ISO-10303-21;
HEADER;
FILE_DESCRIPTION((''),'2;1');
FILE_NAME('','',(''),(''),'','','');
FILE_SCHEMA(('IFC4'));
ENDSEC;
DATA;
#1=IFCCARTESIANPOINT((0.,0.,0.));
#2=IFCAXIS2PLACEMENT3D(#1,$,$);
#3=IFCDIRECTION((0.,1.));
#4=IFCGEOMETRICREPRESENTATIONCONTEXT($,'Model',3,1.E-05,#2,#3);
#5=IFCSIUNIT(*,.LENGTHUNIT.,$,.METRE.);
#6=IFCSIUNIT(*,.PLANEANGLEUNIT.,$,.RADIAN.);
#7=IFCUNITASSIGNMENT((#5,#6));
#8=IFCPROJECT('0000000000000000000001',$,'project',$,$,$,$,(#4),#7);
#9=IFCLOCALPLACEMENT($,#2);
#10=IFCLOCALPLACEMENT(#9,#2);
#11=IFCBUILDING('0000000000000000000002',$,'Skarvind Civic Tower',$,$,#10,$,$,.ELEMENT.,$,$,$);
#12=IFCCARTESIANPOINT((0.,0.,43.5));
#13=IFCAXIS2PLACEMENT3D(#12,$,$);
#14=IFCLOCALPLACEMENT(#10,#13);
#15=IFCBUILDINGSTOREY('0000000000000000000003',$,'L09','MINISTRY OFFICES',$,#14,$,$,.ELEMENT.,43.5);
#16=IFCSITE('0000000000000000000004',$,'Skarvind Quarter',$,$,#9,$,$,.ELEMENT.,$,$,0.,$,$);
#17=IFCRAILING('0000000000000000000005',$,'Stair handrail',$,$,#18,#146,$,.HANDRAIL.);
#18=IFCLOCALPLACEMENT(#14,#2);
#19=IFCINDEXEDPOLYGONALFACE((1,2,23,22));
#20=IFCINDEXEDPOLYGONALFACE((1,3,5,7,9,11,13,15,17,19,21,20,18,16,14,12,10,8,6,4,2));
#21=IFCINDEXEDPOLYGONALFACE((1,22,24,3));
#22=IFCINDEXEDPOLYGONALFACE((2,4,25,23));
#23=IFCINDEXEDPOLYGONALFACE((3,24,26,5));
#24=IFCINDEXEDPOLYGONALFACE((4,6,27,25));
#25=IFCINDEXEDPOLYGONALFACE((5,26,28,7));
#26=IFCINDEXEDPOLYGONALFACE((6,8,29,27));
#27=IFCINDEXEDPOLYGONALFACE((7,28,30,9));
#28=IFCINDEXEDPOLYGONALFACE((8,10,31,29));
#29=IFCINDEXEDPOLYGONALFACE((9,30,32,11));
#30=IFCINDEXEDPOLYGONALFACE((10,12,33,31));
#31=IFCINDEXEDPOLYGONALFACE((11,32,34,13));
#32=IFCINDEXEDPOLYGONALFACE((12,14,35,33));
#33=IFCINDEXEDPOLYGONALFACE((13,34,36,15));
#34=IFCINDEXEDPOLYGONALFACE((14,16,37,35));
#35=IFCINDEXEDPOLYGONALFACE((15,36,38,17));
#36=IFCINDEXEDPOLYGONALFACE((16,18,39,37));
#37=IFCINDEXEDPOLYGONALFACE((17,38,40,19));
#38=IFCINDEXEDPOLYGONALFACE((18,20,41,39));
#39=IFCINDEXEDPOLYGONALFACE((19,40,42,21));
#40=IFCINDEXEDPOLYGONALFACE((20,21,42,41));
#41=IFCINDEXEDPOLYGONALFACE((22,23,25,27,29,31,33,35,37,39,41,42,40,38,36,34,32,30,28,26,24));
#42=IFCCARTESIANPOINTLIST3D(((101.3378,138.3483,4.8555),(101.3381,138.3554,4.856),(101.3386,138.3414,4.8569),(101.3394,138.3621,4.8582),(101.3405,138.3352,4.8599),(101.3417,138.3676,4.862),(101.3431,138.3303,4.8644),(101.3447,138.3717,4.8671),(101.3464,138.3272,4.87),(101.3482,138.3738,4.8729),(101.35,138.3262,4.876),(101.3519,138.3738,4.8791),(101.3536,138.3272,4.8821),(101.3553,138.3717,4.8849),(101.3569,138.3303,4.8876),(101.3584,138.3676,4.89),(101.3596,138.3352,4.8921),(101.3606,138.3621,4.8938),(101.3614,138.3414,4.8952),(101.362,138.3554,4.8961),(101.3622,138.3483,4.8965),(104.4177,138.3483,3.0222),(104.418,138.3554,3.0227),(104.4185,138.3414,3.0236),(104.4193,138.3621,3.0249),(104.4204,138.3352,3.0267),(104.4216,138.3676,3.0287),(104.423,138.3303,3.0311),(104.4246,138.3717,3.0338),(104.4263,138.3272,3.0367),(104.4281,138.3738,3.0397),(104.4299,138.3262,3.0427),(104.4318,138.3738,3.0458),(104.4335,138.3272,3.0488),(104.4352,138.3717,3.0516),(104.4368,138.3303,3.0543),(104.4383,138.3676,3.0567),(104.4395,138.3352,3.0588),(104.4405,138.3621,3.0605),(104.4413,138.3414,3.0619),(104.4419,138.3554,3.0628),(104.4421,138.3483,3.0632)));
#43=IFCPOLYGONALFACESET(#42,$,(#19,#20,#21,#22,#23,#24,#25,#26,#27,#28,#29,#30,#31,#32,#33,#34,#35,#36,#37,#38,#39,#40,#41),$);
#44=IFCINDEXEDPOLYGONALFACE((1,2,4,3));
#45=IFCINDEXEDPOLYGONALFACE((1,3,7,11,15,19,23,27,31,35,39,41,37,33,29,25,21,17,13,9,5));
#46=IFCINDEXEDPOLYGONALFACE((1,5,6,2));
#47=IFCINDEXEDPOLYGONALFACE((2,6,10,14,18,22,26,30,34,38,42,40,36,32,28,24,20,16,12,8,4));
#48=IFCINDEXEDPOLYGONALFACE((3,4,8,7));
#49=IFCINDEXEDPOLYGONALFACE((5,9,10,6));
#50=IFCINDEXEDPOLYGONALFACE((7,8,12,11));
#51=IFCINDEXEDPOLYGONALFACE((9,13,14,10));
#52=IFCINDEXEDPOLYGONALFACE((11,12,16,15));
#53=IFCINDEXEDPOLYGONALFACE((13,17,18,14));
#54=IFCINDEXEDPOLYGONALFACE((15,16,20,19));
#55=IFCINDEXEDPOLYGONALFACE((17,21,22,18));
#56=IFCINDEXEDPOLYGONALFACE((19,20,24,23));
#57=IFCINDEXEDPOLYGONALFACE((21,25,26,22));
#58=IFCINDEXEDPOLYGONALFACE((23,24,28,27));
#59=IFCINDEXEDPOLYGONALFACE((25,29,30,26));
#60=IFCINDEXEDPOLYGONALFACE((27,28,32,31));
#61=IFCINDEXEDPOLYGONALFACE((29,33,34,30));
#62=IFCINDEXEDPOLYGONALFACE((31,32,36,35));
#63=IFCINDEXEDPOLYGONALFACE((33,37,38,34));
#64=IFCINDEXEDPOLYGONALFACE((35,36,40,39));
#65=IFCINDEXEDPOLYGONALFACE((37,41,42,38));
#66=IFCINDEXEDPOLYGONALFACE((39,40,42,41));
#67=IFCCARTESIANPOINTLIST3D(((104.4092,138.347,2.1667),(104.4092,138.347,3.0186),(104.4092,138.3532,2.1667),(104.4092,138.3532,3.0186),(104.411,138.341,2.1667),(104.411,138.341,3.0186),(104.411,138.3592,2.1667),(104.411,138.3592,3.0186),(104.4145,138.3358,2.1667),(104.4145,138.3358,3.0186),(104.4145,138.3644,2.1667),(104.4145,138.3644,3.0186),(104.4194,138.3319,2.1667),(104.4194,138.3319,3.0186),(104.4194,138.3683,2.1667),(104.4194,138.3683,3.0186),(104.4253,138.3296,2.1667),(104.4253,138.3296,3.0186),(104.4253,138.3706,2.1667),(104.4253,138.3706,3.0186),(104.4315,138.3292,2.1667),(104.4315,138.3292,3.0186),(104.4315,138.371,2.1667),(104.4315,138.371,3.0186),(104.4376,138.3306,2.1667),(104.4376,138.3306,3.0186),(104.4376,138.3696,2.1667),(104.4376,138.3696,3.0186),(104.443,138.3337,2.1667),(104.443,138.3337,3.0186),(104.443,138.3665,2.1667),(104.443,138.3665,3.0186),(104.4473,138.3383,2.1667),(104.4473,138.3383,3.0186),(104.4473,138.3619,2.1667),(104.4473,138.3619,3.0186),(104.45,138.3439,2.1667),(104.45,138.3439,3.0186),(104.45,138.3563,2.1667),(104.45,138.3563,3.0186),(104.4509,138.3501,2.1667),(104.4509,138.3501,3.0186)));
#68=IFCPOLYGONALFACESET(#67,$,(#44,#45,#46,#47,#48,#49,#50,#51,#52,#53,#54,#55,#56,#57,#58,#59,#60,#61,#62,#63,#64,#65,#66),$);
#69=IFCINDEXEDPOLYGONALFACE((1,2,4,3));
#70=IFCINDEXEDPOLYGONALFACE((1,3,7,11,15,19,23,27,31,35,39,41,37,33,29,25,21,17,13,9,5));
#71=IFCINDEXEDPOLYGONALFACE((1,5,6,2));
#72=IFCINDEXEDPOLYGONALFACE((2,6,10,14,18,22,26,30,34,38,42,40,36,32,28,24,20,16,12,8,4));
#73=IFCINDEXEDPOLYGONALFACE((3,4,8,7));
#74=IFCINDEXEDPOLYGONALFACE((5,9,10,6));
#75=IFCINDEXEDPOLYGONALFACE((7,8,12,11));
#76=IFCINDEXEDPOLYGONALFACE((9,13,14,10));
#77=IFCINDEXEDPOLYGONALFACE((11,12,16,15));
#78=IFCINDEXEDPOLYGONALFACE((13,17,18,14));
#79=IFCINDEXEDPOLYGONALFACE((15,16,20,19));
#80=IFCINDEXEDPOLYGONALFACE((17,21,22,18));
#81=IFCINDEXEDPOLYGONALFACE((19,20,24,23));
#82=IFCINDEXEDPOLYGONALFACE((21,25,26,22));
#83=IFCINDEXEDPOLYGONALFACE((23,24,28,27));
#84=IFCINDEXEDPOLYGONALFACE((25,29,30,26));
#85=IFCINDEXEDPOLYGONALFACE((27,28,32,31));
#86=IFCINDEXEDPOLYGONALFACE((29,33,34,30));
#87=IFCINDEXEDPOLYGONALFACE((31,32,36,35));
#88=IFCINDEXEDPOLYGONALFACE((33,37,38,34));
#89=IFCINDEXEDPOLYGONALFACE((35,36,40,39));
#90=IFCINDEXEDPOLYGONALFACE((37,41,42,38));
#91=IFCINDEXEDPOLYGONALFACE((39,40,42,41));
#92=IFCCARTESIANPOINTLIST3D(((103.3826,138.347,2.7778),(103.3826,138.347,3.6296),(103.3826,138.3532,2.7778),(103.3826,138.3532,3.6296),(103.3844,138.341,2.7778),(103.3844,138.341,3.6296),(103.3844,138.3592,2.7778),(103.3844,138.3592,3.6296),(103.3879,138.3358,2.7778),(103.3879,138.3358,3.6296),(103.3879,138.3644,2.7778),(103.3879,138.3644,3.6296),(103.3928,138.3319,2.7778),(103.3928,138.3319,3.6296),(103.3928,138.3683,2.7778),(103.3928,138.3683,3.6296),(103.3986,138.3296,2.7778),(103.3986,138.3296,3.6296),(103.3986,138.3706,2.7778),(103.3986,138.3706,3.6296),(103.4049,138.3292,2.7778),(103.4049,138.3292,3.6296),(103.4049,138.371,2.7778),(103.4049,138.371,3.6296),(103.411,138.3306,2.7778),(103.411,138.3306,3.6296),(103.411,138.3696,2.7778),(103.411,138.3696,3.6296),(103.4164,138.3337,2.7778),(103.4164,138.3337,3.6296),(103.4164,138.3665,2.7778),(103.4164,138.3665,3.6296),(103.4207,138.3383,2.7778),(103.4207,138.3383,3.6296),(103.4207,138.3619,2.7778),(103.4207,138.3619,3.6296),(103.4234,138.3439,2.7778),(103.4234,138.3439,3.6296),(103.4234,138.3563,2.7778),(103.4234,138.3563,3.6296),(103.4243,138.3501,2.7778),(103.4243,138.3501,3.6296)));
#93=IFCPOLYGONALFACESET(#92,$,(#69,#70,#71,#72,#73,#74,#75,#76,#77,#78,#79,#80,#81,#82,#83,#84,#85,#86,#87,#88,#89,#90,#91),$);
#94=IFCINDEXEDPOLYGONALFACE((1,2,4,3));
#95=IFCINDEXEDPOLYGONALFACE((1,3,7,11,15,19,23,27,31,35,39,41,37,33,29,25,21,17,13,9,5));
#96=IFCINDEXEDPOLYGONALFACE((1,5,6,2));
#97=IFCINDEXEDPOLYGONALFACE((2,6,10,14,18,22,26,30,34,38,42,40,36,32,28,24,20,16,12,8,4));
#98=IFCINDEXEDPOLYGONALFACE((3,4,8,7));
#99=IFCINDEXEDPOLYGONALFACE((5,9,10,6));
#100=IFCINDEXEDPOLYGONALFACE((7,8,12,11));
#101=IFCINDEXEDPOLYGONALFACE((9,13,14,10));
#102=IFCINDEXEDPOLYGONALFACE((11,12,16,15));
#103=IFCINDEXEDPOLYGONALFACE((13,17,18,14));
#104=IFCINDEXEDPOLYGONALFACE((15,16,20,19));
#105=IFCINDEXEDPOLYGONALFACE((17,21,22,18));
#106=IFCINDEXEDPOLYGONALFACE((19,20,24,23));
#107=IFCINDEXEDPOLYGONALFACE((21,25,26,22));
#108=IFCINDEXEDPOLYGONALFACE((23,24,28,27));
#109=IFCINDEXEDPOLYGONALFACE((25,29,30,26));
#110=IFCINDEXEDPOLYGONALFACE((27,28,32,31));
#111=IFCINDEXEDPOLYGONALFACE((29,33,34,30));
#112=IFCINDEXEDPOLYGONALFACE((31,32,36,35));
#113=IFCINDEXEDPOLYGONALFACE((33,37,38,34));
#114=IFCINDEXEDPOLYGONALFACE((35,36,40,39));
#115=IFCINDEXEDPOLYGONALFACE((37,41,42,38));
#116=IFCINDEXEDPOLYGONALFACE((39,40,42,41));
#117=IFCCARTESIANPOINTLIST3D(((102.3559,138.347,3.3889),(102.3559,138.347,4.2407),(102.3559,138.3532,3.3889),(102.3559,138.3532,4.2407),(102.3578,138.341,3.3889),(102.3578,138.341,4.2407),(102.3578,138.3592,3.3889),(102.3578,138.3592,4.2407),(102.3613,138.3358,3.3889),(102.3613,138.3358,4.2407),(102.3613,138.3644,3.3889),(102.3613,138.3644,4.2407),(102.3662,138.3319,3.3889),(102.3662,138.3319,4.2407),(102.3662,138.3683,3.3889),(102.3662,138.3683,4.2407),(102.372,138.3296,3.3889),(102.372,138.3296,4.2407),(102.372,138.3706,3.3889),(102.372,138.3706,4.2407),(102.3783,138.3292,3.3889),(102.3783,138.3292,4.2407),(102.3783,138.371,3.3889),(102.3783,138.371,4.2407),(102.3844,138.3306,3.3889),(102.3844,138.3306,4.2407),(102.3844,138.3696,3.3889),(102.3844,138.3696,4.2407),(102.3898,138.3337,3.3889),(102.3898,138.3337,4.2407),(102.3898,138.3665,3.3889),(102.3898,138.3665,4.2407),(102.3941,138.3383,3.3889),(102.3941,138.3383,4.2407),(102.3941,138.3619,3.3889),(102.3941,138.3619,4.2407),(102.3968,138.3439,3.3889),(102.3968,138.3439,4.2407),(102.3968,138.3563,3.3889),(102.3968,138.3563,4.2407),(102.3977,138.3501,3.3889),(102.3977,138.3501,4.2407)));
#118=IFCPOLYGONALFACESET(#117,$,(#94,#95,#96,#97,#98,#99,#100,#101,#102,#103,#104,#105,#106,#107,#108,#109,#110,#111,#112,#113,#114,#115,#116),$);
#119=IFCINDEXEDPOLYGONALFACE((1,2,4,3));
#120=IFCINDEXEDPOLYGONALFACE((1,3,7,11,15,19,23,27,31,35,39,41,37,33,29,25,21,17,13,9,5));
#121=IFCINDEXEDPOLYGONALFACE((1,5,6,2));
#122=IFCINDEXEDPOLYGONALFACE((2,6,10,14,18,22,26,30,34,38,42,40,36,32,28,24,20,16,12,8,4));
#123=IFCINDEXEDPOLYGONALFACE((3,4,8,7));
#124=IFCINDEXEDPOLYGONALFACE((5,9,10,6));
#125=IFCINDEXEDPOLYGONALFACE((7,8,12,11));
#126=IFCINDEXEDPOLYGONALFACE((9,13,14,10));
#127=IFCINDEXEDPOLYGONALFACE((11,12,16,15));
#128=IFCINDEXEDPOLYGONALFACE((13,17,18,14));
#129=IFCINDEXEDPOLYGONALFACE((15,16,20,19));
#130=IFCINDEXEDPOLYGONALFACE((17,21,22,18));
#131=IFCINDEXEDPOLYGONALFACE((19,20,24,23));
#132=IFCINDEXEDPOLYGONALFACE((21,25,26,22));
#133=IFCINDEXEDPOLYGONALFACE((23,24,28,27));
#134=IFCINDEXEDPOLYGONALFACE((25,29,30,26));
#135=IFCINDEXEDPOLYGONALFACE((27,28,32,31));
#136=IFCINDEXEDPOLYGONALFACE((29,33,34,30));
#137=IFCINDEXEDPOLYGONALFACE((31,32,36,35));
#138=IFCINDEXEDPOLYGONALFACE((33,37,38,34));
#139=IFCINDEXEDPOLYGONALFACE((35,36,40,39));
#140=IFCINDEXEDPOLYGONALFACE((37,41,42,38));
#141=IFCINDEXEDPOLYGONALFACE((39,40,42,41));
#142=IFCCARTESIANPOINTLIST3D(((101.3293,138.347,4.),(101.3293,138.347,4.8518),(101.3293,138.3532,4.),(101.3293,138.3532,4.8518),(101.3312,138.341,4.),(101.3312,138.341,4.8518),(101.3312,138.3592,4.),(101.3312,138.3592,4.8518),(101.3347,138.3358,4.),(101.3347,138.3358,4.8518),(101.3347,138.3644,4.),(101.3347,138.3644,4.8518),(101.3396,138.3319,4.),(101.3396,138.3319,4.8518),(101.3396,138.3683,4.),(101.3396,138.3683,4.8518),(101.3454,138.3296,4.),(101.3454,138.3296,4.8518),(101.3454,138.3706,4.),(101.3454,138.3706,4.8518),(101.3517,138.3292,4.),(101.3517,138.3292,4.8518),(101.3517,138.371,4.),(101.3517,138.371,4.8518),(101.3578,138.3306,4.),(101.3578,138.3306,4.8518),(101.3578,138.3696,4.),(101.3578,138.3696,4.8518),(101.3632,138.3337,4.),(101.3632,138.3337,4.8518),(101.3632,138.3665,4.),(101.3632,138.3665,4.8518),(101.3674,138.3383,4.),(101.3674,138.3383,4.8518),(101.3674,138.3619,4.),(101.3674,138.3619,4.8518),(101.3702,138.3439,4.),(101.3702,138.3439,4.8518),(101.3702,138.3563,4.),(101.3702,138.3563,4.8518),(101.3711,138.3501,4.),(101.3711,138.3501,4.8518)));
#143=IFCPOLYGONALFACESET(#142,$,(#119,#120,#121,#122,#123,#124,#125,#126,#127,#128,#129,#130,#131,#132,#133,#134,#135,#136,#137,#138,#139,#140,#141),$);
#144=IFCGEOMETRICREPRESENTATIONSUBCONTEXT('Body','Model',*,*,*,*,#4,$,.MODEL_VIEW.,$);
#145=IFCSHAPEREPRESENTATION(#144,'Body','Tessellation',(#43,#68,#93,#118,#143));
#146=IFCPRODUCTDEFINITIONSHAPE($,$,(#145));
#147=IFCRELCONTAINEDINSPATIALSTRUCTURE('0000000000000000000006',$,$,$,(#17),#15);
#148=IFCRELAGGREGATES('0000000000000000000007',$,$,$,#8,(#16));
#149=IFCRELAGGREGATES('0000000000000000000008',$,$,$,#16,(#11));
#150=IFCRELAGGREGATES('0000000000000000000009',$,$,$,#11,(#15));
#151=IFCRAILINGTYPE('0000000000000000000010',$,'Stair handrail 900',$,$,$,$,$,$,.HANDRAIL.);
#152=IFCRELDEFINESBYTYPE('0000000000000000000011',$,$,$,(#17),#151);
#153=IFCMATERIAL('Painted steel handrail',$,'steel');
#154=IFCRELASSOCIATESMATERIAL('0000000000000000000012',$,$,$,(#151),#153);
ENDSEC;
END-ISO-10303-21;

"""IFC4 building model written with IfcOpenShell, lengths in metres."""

from ifc_helpers import new_model, si_unit, direction, frame, origin, origin_2d, place, context, subcontext, project, spatial, circle, extrude, material, type_object, element, save


model = new_model("IFC4")

# Units and contexts
model_context = context("Model", 3, precision=1e-05, world=origin(), true_north=direction((0.0, 1.0)))
body_context = subcontext(model_context, "Body", "Model", "MODEL_VIEW")
ifc_project = project(units=[si_unit("LENGTHUNIT", "METRE"), si_unit("PLANEANGLEUNIT", "RADIAN")], contexts=[model_context])

# Site, building, storey
site_placement = place(None, origin())
site = spatial("IfcSite", under=ifc_project, at=site_placement, Name="Skarvind Quarter", CompositionType="ELEMENT", RefElevation=0.0)
building_placement = place(site_placement, origin())
building = spatial("IfcBuilding", under=site, at=building_placement, Name="Skarvind Civic Tower", CompositionType="ELEMENT")
storey_placement = place(building_placement, frame((0.0, 0.0, 43.5)))
storey = spatial("IfcBuildingStorey", under=building, at=storey_placement, Name="L09", Description="MINISTRY OFFICES", CompositionType="ELEMENT", Elevation=43.5)

# Railing
ifc_material_1 = material(Name="Painted steel handrail", Category="steel")
railing_type = type_object("IfcRailingType", Name="Stair handrail 900", PredefinedType="HANDRAIL", material=ifc_material_1)
railing_1_placement = place(storey_placement, frame((104.4299, 138.3501, 2.1667)))
element("IfcRailing", 1, at=railing_1_placement, inside=storey, type_object=railing_type, Name="Stair handrail", PredefinedType="HANDRAIL", context=body_context, shape_type="SweptSolid", body=[
    extrude(circle(Radius=0.0239, at=origin_2d()), frame((0.0, 0.0, 0.876), z_axis=(-0.859291, 0.0, 0.511487), x_axis=(0.0, -1.0, 0.0)), (0.0, 0.0, 1.0), 3.5842),
    extrude(circle(Radius=0.021, at=origin_2d()), origin(), (0.0, 0.0, 1.0), 0.8518),
    extrude(circle(Radius=0.021, at=origin_2d()), frame((-1.0266, 0.0, 0.6111)), (0.0, 0.0, 1.0), 0.8518),
    extrude(circle(Radius=0.021, at=origin_2d()), frame((-2.0532, 0.0, 1.2222)), (0.0, 0.0, 1.0), 0.8518),
    extrude(circle(Radius=0.021, at=origin_2d()), frame((-3.0798, 0.0, 1.8333)), (0.0, 0.0, 1.0), 0.8518),
])

save(model, "model.ifc")
